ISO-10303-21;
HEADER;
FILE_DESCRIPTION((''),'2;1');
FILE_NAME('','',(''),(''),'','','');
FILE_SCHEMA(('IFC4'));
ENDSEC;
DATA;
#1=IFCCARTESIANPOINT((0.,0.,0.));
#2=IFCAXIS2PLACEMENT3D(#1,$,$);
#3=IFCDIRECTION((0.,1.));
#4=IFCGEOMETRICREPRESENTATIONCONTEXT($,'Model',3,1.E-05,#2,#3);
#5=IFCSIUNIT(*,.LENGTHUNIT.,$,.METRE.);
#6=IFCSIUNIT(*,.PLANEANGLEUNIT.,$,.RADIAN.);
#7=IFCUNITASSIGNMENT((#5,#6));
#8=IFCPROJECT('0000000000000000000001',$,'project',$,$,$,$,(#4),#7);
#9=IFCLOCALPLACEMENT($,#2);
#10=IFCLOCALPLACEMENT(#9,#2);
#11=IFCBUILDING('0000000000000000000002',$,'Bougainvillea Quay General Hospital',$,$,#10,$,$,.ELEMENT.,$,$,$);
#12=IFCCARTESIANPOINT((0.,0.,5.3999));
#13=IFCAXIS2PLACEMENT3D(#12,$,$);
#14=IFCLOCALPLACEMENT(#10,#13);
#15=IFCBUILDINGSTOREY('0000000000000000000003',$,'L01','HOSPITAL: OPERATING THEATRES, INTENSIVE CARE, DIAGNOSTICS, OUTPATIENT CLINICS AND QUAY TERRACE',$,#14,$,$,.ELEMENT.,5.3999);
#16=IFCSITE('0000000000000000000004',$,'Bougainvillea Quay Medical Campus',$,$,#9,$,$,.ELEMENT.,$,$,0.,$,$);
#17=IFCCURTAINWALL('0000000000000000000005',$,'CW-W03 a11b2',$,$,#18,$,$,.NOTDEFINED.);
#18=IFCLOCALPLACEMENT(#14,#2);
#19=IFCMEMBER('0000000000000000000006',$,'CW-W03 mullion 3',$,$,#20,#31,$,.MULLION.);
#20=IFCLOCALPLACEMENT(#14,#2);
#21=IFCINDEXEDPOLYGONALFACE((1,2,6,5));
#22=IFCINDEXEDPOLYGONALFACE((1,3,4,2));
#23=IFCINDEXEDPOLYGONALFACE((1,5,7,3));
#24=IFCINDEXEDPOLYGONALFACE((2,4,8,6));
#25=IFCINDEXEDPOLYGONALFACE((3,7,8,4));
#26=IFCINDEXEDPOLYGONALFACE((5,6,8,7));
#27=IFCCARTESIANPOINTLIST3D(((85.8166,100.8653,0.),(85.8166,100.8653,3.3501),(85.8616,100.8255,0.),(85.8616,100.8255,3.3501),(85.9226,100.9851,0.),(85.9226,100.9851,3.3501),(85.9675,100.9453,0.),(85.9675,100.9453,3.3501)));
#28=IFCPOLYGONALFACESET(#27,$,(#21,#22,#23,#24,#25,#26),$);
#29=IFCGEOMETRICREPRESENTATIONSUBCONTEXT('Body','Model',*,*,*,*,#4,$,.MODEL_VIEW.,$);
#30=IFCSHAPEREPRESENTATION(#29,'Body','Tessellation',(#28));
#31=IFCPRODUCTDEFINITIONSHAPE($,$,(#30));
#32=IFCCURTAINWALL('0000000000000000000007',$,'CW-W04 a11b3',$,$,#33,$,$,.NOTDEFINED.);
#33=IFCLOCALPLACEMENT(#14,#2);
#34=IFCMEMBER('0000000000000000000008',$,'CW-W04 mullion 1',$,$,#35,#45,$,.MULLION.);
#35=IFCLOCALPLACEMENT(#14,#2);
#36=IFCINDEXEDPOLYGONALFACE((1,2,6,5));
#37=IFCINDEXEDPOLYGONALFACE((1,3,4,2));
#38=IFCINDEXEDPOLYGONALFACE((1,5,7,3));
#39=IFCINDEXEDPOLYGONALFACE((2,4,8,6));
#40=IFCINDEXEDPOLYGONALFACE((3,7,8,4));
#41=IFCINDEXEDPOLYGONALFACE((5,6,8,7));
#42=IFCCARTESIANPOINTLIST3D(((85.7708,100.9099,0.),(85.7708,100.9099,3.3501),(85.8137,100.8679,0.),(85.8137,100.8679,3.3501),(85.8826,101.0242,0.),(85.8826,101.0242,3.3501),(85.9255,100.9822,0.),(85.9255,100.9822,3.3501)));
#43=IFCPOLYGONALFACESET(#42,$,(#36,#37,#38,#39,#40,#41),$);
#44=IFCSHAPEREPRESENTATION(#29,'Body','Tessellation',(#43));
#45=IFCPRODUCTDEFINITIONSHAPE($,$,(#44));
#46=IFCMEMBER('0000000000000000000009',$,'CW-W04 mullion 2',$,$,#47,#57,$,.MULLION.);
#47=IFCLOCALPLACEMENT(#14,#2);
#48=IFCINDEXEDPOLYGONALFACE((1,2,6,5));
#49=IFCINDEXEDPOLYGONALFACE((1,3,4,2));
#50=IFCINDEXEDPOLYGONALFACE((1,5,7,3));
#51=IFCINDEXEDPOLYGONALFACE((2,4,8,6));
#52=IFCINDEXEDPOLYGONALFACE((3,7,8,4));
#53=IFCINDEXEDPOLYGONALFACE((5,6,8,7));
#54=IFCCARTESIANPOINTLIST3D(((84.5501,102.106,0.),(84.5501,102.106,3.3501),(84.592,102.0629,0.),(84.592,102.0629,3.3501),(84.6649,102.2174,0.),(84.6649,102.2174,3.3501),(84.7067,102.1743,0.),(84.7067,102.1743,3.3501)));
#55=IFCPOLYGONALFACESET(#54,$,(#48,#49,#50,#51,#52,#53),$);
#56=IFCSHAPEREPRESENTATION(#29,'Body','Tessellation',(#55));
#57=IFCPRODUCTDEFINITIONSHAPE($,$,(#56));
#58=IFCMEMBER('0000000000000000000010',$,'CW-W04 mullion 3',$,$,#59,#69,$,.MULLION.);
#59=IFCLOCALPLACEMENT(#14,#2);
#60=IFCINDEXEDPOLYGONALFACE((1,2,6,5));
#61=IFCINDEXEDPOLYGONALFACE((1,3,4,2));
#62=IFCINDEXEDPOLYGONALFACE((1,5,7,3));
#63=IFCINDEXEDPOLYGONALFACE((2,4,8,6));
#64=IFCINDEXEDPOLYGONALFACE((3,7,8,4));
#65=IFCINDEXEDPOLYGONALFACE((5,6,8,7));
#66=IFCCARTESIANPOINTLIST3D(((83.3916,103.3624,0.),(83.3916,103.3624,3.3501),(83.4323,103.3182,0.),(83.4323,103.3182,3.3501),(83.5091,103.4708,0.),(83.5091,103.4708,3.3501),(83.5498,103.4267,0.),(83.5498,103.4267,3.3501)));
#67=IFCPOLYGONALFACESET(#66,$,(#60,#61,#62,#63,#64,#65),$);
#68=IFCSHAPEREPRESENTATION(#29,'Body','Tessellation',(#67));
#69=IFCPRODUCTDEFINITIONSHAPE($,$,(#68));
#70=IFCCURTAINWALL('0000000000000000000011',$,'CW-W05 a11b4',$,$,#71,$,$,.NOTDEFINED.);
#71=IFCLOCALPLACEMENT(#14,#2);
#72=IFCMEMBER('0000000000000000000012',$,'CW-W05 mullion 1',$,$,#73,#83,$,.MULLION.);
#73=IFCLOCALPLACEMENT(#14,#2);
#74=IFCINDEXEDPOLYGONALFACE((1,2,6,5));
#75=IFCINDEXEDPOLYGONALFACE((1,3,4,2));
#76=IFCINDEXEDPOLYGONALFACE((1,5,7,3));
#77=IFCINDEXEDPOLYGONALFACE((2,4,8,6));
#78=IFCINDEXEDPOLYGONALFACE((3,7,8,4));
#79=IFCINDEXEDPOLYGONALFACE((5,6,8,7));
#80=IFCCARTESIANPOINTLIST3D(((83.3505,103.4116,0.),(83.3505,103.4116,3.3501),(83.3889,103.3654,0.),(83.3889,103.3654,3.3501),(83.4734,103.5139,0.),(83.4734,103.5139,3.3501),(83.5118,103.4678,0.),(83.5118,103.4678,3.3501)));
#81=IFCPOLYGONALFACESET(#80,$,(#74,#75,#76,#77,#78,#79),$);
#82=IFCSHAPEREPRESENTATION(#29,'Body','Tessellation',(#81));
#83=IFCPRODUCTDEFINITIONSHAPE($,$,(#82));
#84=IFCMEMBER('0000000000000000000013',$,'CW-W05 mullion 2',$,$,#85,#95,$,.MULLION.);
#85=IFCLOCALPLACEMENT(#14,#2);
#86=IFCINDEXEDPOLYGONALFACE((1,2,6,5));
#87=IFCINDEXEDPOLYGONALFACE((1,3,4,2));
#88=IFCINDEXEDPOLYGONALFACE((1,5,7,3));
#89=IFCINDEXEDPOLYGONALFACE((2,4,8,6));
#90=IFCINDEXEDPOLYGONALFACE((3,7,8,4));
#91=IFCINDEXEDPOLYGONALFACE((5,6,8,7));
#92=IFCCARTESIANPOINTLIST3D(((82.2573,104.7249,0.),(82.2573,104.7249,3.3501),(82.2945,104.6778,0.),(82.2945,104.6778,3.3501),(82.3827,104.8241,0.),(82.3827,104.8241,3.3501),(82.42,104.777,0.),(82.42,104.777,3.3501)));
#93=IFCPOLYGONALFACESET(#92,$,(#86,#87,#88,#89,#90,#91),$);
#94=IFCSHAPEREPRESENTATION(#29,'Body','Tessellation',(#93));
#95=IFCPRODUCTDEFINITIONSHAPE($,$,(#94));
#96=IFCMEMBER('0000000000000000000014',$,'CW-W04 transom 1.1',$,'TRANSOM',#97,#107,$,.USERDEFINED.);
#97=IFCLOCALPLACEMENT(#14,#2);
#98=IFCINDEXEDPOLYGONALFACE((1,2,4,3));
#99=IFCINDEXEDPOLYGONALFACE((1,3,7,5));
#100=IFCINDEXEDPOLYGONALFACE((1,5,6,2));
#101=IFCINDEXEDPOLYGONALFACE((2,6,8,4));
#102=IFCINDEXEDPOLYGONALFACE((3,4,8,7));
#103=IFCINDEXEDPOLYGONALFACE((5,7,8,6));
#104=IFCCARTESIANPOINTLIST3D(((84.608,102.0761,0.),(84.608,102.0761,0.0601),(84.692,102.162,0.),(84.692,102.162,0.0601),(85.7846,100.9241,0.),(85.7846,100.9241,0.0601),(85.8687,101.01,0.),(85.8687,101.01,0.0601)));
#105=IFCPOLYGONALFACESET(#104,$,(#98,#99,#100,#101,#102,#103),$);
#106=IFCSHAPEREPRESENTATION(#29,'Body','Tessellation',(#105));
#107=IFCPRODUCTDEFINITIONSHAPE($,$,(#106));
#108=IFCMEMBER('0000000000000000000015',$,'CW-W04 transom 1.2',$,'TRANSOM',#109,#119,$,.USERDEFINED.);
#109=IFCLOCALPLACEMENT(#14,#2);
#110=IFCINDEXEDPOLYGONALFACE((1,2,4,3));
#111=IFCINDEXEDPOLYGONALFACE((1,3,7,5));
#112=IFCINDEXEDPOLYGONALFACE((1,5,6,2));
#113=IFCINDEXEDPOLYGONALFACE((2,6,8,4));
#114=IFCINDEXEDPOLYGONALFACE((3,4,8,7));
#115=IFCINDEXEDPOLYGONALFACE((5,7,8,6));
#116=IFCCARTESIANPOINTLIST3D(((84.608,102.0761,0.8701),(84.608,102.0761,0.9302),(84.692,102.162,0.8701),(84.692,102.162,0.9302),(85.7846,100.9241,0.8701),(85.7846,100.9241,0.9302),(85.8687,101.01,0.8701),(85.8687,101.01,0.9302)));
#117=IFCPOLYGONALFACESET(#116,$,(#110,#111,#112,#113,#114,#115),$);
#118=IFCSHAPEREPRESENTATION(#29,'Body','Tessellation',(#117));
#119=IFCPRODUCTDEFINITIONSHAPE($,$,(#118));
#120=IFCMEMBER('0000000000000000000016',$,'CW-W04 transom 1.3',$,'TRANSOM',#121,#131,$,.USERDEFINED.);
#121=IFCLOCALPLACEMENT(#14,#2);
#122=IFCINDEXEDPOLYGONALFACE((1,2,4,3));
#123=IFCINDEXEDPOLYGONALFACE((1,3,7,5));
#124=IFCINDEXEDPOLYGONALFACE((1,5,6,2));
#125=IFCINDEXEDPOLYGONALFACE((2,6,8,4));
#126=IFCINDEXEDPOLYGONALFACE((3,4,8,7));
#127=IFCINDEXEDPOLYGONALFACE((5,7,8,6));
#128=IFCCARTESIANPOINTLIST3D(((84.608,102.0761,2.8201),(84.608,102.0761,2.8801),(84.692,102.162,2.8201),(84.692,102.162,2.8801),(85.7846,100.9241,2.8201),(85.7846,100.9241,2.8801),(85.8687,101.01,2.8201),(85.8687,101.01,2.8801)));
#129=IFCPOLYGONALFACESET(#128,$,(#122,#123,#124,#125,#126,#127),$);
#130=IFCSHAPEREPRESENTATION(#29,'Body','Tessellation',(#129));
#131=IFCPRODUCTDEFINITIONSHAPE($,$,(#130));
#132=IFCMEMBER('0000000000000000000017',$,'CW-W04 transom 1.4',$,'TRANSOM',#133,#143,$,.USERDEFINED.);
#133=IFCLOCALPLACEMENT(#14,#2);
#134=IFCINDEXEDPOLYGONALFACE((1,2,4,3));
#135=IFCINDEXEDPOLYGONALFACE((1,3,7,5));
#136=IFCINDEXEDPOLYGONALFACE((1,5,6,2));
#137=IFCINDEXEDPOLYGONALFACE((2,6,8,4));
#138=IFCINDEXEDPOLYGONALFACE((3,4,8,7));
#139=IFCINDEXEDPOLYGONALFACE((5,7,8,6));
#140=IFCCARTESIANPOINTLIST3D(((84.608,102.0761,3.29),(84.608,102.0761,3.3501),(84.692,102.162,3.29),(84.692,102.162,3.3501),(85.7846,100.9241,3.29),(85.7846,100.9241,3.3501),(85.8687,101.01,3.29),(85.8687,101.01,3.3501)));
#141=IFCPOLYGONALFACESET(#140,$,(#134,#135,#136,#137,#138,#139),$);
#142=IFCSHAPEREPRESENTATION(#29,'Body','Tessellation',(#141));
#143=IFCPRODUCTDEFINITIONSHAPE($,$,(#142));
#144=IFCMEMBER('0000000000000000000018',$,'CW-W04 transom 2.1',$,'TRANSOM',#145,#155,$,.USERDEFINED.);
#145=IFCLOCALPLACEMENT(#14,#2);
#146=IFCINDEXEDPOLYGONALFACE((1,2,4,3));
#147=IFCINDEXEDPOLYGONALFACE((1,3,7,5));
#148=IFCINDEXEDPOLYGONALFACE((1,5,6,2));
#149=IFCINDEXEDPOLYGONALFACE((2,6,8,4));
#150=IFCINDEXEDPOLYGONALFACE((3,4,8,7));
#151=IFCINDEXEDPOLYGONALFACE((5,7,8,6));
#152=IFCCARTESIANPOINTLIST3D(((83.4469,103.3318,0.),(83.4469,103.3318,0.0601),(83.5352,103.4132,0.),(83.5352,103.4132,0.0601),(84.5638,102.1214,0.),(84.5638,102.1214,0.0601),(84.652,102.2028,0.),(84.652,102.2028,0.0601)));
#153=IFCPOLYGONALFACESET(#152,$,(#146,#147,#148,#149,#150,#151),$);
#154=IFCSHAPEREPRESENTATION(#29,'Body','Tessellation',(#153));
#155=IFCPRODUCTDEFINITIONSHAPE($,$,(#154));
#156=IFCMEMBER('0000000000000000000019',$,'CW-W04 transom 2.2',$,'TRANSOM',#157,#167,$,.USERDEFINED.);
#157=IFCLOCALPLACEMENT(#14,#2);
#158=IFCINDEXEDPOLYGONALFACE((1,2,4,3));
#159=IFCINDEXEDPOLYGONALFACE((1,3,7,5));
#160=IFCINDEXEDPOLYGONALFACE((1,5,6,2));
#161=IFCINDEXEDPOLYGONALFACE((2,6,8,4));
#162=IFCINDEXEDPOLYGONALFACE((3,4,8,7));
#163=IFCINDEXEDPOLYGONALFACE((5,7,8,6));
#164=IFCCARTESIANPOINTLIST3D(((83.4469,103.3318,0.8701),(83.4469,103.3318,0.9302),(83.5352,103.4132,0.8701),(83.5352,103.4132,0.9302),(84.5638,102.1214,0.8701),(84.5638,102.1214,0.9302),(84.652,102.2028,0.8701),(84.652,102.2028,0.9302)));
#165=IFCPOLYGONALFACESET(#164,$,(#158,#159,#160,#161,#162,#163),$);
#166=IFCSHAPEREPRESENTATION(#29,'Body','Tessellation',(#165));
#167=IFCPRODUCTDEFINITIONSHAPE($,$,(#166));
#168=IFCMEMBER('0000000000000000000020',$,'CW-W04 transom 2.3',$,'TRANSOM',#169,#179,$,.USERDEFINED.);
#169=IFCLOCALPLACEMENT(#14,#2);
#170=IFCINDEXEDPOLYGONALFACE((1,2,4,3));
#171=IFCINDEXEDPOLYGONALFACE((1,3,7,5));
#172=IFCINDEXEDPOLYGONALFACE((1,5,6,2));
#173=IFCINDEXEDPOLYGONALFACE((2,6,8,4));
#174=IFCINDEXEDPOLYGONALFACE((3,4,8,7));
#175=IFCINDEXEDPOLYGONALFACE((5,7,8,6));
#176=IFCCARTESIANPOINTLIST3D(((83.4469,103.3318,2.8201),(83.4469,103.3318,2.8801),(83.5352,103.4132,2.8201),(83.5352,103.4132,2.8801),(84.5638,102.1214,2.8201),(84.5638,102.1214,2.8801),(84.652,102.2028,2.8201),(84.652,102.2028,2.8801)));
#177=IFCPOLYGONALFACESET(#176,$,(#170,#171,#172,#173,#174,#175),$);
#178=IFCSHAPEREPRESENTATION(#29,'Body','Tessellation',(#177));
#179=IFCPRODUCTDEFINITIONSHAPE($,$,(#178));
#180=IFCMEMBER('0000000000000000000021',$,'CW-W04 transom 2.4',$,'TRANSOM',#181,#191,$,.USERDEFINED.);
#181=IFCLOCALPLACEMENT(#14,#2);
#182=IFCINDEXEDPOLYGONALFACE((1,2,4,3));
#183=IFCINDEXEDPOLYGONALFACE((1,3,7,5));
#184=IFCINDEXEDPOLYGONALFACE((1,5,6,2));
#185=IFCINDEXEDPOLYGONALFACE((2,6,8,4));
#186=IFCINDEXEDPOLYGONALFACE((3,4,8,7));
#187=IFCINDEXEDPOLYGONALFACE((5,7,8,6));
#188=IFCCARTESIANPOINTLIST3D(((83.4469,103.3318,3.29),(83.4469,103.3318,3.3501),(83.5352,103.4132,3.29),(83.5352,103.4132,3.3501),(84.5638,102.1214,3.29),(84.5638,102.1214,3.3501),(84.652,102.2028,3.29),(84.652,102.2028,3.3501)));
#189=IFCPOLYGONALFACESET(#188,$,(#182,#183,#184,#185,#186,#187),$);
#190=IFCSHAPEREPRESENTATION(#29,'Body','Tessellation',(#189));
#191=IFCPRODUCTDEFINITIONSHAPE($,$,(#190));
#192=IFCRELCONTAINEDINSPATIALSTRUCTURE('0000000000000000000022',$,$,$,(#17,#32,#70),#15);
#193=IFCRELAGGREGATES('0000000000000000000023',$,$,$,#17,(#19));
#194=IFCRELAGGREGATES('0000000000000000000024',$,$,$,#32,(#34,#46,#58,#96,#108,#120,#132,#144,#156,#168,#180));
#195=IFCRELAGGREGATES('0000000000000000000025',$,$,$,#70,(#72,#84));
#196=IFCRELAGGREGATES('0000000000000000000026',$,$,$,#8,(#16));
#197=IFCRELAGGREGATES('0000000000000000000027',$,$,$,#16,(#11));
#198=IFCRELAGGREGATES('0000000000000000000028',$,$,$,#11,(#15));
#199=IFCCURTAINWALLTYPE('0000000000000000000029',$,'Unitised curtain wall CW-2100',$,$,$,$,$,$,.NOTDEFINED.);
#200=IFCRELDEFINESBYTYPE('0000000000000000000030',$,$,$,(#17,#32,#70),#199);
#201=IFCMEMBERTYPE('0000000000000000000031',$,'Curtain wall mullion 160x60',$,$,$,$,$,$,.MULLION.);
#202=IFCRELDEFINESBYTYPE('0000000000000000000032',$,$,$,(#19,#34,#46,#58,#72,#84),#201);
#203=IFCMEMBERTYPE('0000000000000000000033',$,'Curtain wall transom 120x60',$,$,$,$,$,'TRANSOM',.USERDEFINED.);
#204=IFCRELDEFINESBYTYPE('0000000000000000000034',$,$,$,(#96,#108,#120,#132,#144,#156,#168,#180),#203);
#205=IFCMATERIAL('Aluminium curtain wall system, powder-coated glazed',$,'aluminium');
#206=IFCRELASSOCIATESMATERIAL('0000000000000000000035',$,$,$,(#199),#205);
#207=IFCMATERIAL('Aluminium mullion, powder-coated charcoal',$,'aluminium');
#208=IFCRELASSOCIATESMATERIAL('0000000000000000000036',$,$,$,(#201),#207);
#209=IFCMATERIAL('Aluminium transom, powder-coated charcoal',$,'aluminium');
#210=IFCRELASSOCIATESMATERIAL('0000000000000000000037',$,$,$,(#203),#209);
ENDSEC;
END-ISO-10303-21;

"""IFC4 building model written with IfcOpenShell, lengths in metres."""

from ifc_helpers import new_model, si_unit, direction, frame, origin, origin_2d, place, context, subcontext, project, spatial, rectangle, extrude, material, material_profile, profile_set, type_object, element, aggregate, save


model = new_model("IFC4")

# Units and contexts
model_context = context("Model", 3, precision=1e-05, world=origin(), true_north=direction((0.0, 1.0)))
body_context = subcontext(model_context, "Body", "Model", "MODEL_VIEW")
ifc_project = project(units=[si_unit("LENGTHUNIT", "METRE"), si_unit("PLANEANGLEUNIT", "RADIAN")], contexts=[model_context])

# Site, building, storey
site_placement = place(None, origin())
site = spatial("IfcSite", under=ifc_project, at=site_placement, Name="Bougainvillea Quay Medical Campus", CompositionType="ELEMENT", RefElevation=0.0)
building_placement = place(site_placement, origin())
building = spatial("IfcBuilding", under=site, at=building_placement, Name="Bougainvillea Quay General Hospital", CompositionType="ELEMENT")
storey_placement = place(building_placement, frame((0.0, 0.0, 5.3999)))
storey = spatial("IfcBuildingStorey", under=building, at=storey_placement, Name="L01", Description="HOSPITAL: OPERATING THEATRES, INTENSIVE CARE, DIAGNOSTICS, OUTPATIENT CLINICS AND QUAY TERRACE", CompositionType="ELEMENT", Elevation=5.3999)

# Curtain wall, member
ifc_material_1 = material(Name="Aluminium curtain wall system, powder-coated glazed", Category="aluminium")
curtain_wall_type = type_object("IfcCurtainWallType", Name="Unitised curtain wall CW-2100", PredefinedType="NOTDEFINED", material=ifc_material_1)
curtain_wall_1_placement = place(storey_placement, origin())
curtain_wall_1 = element("IfcCurtainWall", 1, at=curtain_wall_1_placement, inside=storey, type_object=curtain_wall_type, Name="CW-W03 a11b2", PredefinedType="NOTDEFINED")
ifc_material_2 = material(Name="Aluminium mullion, powder-coated charcoal", Category="aluminium")
ifc_material_profile_1 = material_profile(ifc_material_2, rectangle(XDim=0.1599, YDim=0.0601, at=origin_2d()))
ifc_profile_set_1 = profile_set([ifc_material_profile_1], Name="Aluminium mullion, powder-coated charcoal")
member_type_1 = type_object("IfcMemberType", Name="Curtain wall mullion 160x60", PredefinedType="MULLION", material=ifc_profile_set_1)
member_1_placement = place(storey_placement, frame((85.8921, 100.9053, 0.0), z_axis=(0.0, 0.0, 1.0), x_axis=(-0.662398, -0.749152, 0.0)))
member_1 = element("IfcMember", 2, at=member_1_placement, type_object=member_type_1, Name="CW-W03 mullion 3", PredefinedType="MULLION", context=body_context, shape_type="SweptSolid", body=[
    extrude(rectangle(XDim=0.1599, YDim=0.0601, at=origin_2d()), origin(), (0.0, 0.0, 1.0), 3.3501),
])
aggregate(curtain_wall_1, [member_1])

# Curtain walls, members
curtain_wall_2_placement = place(storey_placement, origin())
curtain_wall_2 = element("IfcCurtainWall", 3, at=curtain_wall_2_placement, inside=storey, type_object=curtain_wall_type, Name="CW-W04 a11b3", PredefinedType="NOTDEFINED")
member_2_placement = place(storey_placement, frame((85.8481, 100.946, 0.0), z_axis=(0.0, 0.0, 1.0), x_axis=(-0.699526, -0.714607, 0.0)))
member_2 = element("IfcMember", 4, at=member_2_placement, type_object=member_type_1, Name="CW-W04 mullion 1", PredefinedType="MULLION", context=body_context, shape_type="SweptSolid", body=[
    extrude(rectangle(XDim=0.1599, YDim=0.0601, at=origin_2d()), origin(), (0.0, 0.0, 1.0), 3.3501),
])
member_3_placement = place(storey_placement, frame((84.6284, 102.1401, 0.0), z_axis=(0.0, 0.0, 1.0), x_axis=(-0.717421, -0.696639, 0.0)))
member_3 = element("IfcMember", 5, at=member_3_placement, type_object=member_type_1, Name="CW-W04 mullion 2", PredefinedType="MULLION", context=body_context, shape_type="SweptSolid", body=[
    extrude(rectangle(XDim=0.1599, YDim=0.0601, at=origin_2d()), origin(), (0.0, 0.0, 1.0), 3.3501),
])
member_4_placement = place(storey_placement, frame((83.4707, 103.3945, 0.0), z_axis=(0.0, 0.0, 1.0), x_axis=(-0.734855, -0.678224, 0.0)))
member_4 = element("IfcMember", 6, at=member_4_placement, type_object=member_type_1, Name="CW-W04 mullion 3", PredefinedType="MULLION", context=body_context, shape_type="SweptSolid", body=[
    extrude(rectangle(XDim=0.1599, YDim=0.0601, at=origin_2d()), origin(), (0.0, 0.0, 1.0), 3.3501),
])
curtain_wall_3_placement = place(storey_placement, origin())
curtain_wall_3 = element("IfcCurtainWall", 7, at=curtain_wall_3_placement, inside=storey, type_object=curtain_wall_type, Name="CW-W05 a11b4", PredefinedType="NOTDEFINED")
member_5_placement = place(storey_placement, frame((83.4312, 103.4397, 0.0), z_axis=(0.0, 0.0, 1.0), x_axis=(-0.768295, -0.640096, 0.0)))
member_5 = element("IfcMember", 8, at=member_5_placement, type_object=member_type_1, Name="CW-W05 mullion 1", PredefinedType="MULLION", context=body_context, shape_type="SweptSolid", body=[
    extrude(rectangle(XDim=0.1599, YDim=0.0601, at=origin_2d()), origin(), (0.0, 0.0, 1.0), 3.3501),
])
member_6_placement = place(storey_placement, frame((82.3386, 104.751, 0.0), z_axis=(0.0, 0.0, 1.0), x_axis=(-0.784279, -0.620409, 0.0)))
member_6 = element("IfcMember", 9, at=member_6_placement, type_object=member_type_1, Name="CW-W05 mullion 2", PredefinedType="MULLION", context=body_context, shape_type="SweptSolid", body=[
    extrude(rectangle(XDim=0.1599, YDim=0.0601, at=origin_2d()), origin(), (0.0, 0.0, 1.0), 3.3501),
])

# Members
ifc_material_3 = material(Name="Aluminium transom, powder-coated charcoal", Category="aluminium")
ifc_material_profile_2 = material_profile(ifc_material_3, rectangle(XDim=0.1201, YDim=0.0601, at=origin_2d()))
ifc_profile_set_2 = profile_set([ifc_material_profile_2], Name="Aluminium transom, powder-coated charcoal")
member_type_2 = type_object("IfcMemberType", Name="Curtain wall transom 120x60", ElementType="TRANSOM", PredefinedType="USERDEFINED", material=ifc_profile_set_2)
member_7_placement = place(storey_placement, frame((85.8267, 100.967, 0.03), z_axis=(-0.714554, 0.699581, 0.0), x_axis=(-0.699581, -0.714554, 0.0)))
member_7 = element("IfcMember", 10, at=member_7_placement, type_object=member_type_2, Name="CW-W04 transom 1.1", ObjectType="TRANSOM", PredefinedType="USERDEFINED", context=body_context, shape_type="SweptSolid", body=[
    extrude(rectangle(XDim=0.1201, YDim=0.0601, at=origin_2d()), origin(), (0.0, 0.0, 1.0), 1.6467),
])
member_8_placement = place(storey_placement, frame((85.8267, 100.967, 0.9001), z_axis=(-0.714554, 0.699581, 0.0), x_axis=(-0.699581, -0.714554, 0.0)))
member_8 = element("IfcMember", 11, at=member_8_placement, type_object=member_type_2, Name="CW-W04 transom 1.2", ObjectType="TRANSOM", PredefinedType="USERDEFINED", context=body_context, shape_type="SweptSolid", body=[
    extrude(rectangle(XDim=0.1201, YDim=0.0601, at=origin_2d()), origin(), (0.0, 0.0, 1.0), 1.6467),
])
member_9_placement = place(storey_placement, frame((85.8267, 100.967, 2.8501), z_axis=(-0.714554, 0.699581, 0.0), x_axis=(-0.699581, -0.714554, 0.0)))
member_9 = element("IfcMember", 12, at=member_9_placement, type_object=member_type_2, Name="CW-W04 transom 1.3", ObjectType="TRANSOM", PredefinedType="USERDEFINED", context=body_context, shape_type="SweptSolid", body=[
    extrude(rectangle(XDim=0.1201, YDim=0.0601, at=origin_2d()), origin(), (0.0, 0.0, 1.0), 1.6467),
])
member_10_placement = place(storey_placement, frame((85.8267, 100.967, 3.3201), z_axis=(-0.714554, 0.699581, 0.0), x_axis=(-0.699581, -0.714554, 0.0)))
member_10 = element("IfcMember", 13, at=member_10_placement, type_object=member_type_2, Name="CW-W04 transom 1.4", ObjectType="TRANSOM", PredefinedType="USERDEFINED", context=body_context, shape_type="SweptSolid", body=[
    extrude(rectangle(XDim=0.1201, YDim=0.0601, at=origin_2d()), origin(), (0.0, 0.0, 1.0), 1.6467),
])
member_11_placement = place(storey_placement, frame((84.6079, 102.1621, 0.03), z_axis=(-0.678151, 0.734923, 0.0), x_axis=(-0.734923, -0.678151, 0.0)))
member_11 = element("IfcMember", 14, at=member_11_placement, type_object=member_type_2, Name="CW-W04 transom 2.1", ObjectType="TRANSOM", PredefinedType="USERDEFINED", context=body_context, shape_type="SweptSolid", body=[
    extrude(rectangle(XDim=0.1201, YDim=0.0601, at=origin_2d()), origin(), (0.0, 0.0, 1.0), 1.647),
])
member_12_placement = place(storey_placement, frame((84.6079, 102.1621, 0.9001), z_axis=(-0.678151, 0.734923, 0.0), x_axis=(-0.734923, -0.678151, 0.0)))
member_12 = element("IfcMember", 15, at=member_12_placement, type_object=member_type_2, Name="CW-W04 transom 2.2", ObjectType="TRANSOM", PredefinedType="USERDEFINED", context=body_context, shape_type="SweptSolid", body=[
    extrude(rectangle(XDim=0.1201, YDim=0.0601, at=origin_2d()), origin(), (0.0, 0.0, 1.0), 1.647),
])
member_13_placement = place(storey_placement, frame((84.6079, 102.1621, 2.8501), z_axis=(-0.678151, 0.734923, 0.0), x_axis=(-0.734923, -0.678151, 0.0)))
member_13 = element("IfcMember", 16, at=member_13_placement, type_object=member_type_2, Name="CW-W04 transom 2.3", ObjectType="TRANSOM", PredefinedType="USERDEFINED", context=body_context, shape_type="SweptSolid", body=[
    extrude(rectangle(XDim=0.1201, YDim=0.0601, at=origin_2d()), origin(), (0.0, 0.0, 1.0), 1.647),
])
member_14_placement = place(storey_placement, frame((84.6079, 102.1621, 3.3201), z_axis=(-0.678151, 0.734923, 0.0), x_axis=(-0.734923, -0.678151, 0.0)))
member_14 = element("IfcMember", 17, at=member_14_placement, type_object=member_type_2, Name="CW-W04 transom 2.4", ObjectType="TRANSOM", PredefinedType="USERDEFINED", context=body_context, shape_type="SweptSolid", body=[
    extrude(rectangle(XDim=0.1201, YDim=0.0601, at=origin_2d()), origin(), (0.0, 0.0, 1.0), 1.647),
])

aggregate(curtain_wall_2, [member_2, member_3, member_4, member_7, member_8, member_9, member_10, member_11, member_12, member_13, member_14])
aggregate(curtain_wall_3, [member_5, member_6])

save(model, "model.ifc")
